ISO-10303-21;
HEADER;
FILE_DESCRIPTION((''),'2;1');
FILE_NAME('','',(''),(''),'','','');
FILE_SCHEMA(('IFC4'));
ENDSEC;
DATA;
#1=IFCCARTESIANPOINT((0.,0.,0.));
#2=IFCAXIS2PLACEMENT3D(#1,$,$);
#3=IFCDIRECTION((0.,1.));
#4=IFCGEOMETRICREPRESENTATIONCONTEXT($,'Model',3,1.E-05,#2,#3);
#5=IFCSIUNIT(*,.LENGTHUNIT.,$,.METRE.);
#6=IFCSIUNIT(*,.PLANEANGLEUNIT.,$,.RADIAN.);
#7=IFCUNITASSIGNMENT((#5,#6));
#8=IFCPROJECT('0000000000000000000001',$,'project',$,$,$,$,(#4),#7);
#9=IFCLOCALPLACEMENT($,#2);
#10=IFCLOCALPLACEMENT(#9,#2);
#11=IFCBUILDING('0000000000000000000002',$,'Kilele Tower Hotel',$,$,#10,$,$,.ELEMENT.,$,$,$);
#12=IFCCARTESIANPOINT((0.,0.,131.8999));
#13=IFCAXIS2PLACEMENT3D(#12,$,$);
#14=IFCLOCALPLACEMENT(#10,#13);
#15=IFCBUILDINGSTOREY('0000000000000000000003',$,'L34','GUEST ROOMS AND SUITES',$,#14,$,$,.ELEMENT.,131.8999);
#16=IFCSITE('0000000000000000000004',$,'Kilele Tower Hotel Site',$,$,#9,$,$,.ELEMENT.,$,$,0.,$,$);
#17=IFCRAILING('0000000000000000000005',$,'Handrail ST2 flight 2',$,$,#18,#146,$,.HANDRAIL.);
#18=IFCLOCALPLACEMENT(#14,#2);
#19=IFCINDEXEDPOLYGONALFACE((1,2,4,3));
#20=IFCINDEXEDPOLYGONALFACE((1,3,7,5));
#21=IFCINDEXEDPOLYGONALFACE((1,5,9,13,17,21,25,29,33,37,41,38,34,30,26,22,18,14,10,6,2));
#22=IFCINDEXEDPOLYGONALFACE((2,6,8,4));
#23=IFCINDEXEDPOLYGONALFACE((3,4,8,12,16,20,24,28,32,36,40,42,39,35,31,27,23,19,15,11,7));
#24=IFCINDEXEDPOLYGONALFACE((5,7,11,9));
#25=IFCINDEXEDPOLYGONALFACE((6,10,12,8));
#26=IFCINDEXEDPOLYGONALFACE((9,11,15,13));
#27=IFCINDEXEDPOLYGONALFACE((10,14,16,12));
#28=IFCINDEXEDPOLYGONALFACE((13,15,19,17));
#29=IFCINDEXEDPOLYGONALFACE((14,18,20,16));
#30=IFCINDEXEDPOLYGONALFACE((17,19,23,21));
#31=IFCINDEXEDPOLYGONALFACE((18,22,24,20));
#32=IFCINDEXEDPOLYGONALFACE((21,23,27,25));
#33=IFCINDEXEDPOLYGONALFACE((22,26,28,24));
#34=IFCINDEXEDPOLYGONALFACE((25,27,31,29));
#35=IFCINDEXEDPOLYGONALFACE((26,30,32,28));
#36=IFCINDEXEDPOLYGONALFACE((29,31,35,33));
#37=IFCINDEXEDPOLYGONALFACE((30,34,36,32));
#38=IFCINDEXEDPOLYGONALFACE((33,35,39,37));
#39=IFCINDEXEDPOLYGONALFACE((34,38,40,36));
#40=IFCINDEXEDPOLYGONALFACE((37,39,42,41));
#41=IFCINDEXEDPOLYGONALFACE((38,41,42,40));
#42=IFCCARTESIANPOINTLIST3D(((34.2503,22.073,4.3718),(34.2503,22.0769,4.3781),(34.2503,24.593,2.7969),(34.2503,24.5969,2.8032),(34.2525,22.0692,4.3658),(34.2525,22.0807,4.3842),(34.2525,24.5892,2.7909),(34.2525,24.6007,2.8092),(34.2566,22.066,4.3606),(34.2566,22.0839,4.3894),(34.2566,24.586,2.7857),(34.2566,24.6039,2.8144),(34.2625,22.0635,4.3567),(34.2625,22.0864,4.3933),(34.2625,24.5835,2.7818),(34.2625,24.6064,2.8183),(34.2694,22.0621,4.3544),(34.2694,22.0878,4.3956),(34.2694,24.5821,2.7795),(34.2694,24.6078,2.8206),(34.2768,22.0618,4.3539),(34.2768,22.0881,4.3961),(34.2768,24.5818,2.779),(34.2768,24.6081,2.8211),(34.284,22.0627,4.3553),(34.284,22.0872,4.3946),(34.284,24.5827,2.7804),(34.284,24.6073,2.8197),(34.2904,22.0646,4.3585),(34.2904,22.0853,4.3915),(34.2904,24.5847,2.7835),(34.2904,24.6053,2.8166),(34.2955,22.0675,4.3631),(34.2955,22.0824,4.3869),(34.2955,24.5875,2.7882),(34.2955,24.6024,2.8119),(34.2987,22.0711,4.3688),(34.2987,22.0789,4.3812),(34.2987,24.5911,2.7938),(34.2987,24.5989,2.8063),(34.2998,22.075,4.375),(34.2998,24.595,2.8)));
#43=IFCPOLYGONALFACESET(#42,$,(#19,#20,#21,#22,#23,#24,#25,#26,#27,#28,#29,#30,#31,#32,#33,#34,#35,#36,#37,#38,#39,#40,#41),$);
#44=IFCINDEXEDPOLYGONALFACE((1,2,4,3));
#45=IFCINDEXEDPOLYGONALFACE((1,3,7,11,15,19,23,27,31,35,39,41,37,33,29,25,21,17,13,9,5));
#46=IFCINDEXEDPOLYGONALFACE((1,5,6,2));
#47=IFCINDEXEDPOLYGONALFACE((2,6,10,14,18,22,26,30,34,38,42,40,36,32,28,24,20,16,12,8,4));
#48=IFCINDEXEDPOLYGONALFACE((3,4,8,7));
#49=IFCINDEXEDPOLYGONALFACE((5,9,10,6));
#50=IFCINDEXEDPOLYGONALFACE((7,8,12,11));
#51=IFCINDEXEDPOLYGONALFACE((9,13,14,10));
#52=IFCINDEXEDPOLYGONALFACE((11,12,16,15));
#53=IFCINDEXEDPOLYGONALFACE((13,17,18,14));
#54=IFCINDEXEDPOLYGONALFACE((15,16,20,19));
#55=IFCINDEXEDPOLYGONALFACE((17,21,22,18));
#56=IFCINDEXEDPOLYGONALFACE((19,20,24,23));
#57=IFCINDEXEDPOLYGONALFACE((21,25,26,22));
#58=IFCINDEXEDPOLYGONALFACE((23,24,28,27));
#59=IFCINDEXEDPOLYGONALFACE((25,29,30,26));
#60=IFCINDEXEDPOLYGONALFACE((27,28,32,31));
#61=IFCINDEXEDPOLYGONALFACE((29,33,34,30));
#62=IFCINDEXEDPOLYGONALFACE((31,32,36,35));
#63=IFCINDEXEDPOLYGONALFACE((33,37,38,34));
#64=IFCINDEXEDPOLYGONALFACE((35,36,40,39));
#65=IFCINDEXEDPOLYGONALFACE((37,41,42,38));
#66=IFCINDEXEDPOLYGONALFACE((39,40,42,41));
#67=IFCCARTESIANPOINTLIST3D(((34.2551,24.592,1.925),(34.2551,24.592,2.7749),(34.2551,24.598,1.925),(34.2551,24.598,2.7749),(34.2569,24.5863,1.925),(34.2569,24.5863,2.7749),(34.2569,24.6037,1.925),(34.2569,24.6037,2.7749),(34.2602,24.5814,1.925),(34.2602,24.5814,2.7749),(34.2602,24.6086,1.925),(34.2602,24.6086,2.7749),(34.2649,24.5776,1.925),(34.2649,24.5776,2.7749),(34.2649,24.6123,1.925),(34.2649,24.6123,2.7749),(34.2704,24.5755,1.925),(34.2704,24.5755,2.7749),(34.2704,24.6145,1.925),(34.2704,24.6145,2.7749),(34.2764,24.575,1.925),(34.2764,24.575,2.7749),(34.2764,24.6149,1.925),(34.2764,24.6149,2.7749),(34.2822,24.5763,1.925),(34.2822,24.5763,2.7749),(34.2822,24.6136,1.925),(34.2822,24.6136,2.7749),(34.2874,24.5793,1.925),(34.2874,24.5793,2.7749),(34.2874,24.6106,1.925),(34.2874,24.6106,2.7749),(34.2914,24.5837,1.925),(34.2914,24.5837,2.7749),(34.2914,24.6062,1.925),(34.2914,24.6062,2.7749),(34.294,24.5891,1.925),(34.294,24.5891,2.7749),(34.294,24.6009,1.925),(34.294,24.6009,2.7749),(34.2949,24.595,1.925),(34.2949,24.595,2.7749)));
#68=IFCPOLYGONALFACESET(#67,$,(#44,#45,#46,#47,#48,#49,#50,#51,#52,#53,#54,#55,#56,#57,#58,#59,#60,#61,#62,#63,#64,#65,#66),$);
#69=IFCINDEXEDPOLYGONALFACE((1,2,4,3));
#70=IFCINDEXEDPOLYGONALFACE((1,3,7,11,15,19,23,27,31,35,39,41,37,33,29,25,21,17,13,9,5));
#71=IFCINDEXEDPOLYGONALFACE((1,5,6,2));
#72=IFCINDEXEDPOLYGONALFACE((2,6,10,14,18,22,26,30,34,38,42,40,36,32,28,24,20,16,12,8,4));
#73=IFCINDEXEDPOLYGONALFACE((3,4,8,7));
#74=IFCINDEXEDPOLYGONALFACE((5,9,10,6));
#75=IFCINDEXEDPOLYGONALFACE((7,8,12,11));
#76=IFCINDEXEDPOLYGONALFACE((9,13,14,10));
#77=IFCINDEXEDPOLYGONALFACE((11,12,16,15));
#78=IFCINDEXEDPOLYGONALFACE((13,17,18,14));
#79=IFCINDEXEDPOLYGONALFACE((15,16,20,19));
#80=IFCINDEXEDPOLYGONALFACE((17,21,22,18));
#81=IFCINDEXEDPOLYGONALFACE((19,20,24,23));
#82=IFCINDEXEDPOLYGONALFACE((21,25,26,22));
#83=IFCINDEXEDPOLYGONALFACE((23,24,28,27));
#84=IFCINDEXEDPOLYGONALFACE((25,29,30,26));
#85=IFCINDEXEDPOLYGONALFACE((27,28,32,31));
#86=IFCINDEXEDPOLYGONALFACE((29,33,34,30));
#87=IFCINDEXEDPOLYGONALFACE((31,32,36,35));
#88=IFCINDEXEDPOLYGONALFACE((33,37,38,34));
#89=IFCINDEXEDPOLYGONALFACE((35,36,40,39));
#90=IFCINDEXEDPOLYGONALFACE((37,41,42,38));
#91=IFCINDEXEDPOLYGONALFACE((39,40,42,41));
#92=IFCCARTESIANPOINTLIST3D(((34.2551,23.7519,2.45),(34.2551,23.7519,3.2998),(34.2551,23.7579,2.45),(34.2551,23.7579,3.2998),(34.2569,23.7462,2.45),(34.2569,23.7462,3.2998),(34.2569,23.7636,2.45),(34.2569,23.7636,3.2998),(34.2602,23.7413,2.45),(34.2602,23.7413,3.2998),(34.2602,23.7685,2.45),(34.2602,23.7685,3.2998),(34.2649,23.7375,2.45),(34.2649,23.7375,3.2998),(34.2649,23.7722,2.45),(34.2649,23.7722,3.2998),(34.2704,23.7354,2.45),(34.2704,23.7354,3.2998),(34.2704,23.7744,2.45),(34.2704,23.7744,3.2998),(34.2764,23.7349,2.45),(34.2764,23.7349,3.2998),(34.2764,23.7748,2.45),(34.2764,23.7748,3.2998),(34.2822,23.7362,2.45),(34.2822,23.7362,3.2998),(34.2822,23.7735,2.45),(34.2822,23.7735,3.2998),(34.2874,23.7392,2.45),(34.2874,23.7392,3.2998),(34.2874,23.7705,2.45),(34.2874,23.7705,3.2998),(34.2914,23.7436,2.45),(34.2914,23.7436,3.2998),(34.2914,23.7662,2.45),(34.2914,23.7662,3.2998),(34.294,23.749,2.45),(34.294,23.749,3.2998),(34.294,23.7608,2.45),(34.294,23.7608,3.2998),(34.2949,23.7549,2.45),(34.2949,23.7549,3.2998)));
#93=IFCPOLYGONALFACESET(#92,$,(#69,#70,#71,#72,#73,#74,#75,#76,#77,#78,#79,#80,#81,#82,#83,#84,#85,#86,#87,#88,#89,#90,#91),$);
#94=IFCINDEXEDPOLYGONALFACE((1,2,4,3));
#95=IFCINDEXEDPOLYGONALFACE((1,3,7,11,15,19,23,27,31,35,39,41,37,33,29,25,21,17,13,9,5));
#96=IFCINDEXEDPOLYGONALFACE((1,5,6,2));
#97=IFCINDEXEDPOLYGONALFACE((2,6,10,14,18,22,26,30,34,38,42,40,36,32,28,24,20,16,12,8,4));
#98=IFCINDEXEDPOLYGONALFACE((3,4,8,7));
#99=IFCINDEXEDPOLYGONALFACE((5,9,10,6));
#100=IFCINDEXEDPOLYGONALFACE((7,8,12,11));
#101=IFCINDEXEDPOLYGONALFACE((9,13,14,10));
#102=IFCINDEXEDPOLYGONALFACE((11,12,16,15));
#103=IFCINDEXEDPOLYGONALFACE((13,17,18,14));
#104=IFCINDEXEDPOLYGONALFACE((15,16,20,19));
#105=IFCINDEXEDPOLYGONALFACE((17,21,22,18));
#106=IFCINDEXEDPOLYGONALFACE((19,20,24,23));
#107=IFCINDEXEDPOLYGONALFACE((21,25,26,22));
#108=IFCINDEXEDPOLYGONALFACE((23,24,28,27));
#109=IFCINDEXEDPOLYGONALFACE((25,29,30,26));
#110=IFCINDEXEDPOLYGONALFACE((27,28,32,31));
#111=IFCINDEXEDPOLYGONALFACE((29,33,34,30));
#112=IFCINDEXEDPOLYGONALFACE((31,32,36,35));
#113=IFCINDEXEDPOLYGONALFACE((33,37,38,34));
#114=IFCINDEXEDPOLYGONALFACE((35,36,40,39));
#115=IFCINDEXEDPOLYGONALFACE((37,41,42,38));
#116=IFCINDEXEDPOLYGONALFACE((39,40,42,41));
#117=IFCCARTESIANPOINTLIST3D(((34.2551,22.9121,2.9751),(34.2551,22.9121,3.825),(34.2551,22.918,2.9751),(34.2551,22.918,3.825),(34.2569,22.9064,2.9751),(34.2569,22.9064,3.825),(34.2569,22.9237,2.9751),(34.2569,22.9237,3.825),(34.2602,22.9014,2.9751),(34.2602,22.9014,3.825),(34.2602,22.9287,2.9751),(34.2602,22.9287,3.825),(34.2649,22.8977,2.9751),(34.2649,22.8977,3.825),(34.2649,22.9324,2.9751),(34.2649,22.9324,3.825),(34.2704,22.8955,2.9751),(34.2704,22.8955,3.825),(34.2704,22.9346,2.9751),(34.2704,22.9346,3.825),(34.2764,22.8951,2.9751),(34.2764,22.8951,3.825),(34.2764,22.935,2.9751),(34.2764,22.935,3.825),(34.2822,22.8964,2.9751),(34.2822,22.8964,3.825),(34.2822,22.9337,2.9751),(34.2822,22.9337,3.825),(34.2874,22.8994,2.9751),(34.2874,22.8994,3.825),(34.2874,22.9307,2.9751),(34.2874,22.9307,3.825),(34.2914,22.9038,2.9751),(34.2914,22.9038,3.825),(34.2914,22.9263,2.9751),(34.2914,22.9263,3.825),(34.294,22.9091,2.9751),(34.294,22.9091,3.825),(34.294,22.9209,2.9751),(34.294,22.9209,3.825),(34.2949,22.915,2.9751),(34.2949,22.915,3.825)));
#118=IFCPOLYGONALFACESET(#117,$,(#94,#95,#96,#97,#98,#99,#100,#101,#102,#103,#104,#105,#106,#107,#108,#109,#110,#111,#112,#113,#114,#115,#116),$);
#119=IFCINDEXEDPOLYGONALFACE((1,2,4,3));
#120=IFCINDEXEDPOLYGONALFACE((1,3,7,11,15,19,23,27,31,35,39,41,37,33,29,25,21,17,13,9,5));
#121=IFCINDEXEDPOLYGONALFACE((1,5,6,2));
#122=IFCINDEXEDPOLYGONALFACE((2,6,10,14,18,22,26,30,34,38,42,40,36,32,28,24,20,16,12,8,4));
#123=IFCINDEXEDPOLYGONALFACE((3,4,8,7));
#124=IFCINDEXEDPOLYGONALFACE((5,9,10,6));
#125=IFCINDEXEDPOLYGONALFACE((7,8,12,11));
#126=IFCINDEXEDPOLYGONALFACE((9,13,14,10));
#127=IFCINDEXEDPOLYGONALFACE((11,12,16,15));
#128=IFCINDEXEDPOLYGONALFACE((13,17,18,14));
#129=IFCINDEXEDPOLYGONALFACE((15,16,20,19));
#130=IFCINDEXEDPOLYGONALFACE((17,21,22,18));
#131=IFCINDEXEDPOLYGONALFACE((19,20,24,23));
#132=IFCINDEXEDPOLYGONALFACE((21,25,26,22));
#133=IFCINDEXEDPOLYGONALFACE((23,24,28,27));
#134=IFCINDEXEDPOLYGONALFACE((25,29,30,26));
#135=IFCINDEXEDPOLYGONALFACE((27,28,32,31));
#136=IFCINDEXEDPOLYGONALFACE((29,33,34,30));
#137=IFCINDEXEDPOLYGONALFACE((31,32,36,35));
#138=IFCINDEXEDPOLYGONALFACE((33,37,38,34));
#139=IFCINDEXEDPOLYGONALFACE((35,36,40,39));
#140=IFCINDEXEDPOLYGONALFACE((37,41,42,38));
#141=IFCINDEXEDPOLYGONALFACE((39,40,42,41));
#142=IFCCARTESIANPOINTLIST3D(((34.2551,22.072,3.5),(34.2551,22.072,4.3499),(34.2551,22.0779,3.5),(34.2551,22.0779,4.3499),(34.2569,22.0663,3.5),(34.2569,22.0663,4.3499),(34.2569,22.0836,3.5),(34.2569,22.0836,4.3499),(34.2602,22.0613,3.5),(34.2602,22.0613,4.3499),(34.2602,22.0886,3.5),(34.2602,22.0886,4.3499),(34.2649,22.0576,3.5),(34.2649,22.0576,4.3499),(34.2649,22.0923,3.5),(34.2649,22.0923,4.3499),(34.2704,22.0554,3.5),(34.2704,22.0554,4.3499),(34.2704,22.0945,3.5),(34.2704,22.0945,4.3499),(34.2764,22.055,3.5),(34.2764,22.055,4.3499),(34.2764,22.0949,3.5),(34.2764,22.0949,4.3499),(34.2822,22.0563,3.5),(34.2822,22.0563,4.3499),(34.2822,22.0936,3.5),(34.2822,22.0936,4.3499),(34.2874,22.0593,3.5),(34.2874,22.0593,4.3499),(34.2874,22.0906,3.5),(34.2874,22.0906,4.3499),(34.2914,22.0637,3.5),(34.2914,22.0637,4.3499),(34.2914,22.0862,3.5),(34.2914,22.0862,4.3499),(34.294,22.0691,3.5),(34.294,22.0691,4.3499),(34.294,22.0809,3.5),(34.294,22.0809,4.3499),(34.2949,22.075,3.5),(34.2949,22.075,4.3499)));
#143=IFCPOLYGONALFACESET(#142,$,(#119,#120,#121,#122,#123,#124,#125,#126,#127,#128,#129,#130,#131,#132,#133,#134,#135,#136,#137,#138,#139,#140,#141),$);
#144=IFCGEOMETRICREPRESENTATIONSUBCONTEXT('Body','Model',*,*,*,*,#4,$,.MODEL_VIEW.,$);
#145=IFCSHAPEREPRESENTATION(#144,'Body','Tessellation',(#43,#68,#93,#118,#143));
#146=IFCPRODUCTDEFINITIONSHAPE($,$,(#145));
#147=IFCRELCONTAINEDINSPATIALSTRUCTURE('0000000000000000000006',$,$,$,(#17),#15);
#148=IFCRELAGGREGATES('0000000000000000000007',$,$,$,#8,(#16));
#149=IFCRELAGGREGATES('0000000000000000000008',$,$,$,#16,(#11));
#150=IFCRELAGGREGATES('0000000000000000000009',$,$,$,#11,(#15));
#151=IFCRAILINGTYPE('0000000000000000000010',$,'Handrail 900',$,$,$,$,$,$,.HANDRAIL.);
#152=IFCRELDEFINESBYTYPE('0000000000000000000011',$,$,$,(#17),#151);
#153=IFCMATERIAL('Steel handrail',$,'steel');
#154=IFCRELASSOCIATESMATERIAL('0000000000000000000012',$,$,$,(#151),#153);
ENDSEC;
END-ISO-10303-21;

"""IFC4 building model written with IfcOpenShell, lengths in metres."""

from ifc_helpers import new_model, si_unit, direction, frame, origin, origin_2d, place, context, subcontext, project, spatial, circle, extrude, material, type_object, element, save


model = new_model("IFC4")

# Units and contexts
model_context = context("Model", 3, precision=1e-05, world=origin(), true_north=direction((0.0, 1.0)))
body_context = subcontext(model_context, "Body", "Model", "MODEL_VIEW")
ifc_project = project(units=[si_unit("LENGTHUNIT", "METRE"), si_unit("PLANEANGLEUNIT", "RADIAN")], contexts=[model_context])

# Site, building, storey
site_placement = place(None, origin())
site = spatial("IfcSite", under=ifc_project, at=site_placement, Name="Kilele Tower Hotel Site", CompositionType="ELEMENT", RefElevation=0.0)
building_placement = place(site_placement, origin())
building = spatial("IfcBuilding", under=site, at=building_placement, Name="Kilele Tower Hotel", CompositionType="ELEMENT")
storey_placement = place(building_placement, frame((0.0, 0.0, 131.8999)))
storey = spatial("IfcBuildingStorey", under=building, at=storey_placement, Name="L34", Description="GUEST ROOMS AND SUITES", CompositionType="ELEMENT", Elevation=131.8999)

# Railing
ifc_material_1 = material(Name="Steel handrail", Category="steel")
railing_type_1 = type_object("IfcRailingType", Name="Handrail 900", PredefinedType="HANDRAIL", material=ifc_material_1)
for number, where, name in (
    (1, (34.2749, 24.595, 1.925), "Handrail ST2 flight 2"),
):
    element("IfcRailing", number, at=place(storey_placement, frame(where)), inside=storey, type_object=railing_type_1, Name=name, PredefinedType="HANDRAIL", context=body_context, shape_type="SweptSolid", body=[
        extrude(circle(Radius=0.0249, at=origin_2d()), frame((0.0, 0.0, 0.875), z_axis=(0.0, -0.848008, 0.529984), x_axis=(1.0, 0.0, 0.0)), (0.0, 0.0, 1.0), 2.9717),
        extrude(circle(Radius=0.02, at=origin_2d()), origin(), (0.0, 0.0, 1.0), 0.8499),
        extrude(circle(Radius=0.02, at=origin_2d()), frame((0.0, -0.8401, 0.5249)), (0.0, 0.0, 1.0), 0.8499),
        extrude(circle(Radius=0.02, at=origin_2d()), frame((0.0, -1.6799, 1.05)), (0.0, 0.0, 1.0), 0.8499),
        extrude(circle(Radius=0.02, at=origin_2d()), frame((0.0, -2.52, 1.575)), (0.0, 0.0, 1.0), 0.8499),
    ])

save(model, "model.ifc")
